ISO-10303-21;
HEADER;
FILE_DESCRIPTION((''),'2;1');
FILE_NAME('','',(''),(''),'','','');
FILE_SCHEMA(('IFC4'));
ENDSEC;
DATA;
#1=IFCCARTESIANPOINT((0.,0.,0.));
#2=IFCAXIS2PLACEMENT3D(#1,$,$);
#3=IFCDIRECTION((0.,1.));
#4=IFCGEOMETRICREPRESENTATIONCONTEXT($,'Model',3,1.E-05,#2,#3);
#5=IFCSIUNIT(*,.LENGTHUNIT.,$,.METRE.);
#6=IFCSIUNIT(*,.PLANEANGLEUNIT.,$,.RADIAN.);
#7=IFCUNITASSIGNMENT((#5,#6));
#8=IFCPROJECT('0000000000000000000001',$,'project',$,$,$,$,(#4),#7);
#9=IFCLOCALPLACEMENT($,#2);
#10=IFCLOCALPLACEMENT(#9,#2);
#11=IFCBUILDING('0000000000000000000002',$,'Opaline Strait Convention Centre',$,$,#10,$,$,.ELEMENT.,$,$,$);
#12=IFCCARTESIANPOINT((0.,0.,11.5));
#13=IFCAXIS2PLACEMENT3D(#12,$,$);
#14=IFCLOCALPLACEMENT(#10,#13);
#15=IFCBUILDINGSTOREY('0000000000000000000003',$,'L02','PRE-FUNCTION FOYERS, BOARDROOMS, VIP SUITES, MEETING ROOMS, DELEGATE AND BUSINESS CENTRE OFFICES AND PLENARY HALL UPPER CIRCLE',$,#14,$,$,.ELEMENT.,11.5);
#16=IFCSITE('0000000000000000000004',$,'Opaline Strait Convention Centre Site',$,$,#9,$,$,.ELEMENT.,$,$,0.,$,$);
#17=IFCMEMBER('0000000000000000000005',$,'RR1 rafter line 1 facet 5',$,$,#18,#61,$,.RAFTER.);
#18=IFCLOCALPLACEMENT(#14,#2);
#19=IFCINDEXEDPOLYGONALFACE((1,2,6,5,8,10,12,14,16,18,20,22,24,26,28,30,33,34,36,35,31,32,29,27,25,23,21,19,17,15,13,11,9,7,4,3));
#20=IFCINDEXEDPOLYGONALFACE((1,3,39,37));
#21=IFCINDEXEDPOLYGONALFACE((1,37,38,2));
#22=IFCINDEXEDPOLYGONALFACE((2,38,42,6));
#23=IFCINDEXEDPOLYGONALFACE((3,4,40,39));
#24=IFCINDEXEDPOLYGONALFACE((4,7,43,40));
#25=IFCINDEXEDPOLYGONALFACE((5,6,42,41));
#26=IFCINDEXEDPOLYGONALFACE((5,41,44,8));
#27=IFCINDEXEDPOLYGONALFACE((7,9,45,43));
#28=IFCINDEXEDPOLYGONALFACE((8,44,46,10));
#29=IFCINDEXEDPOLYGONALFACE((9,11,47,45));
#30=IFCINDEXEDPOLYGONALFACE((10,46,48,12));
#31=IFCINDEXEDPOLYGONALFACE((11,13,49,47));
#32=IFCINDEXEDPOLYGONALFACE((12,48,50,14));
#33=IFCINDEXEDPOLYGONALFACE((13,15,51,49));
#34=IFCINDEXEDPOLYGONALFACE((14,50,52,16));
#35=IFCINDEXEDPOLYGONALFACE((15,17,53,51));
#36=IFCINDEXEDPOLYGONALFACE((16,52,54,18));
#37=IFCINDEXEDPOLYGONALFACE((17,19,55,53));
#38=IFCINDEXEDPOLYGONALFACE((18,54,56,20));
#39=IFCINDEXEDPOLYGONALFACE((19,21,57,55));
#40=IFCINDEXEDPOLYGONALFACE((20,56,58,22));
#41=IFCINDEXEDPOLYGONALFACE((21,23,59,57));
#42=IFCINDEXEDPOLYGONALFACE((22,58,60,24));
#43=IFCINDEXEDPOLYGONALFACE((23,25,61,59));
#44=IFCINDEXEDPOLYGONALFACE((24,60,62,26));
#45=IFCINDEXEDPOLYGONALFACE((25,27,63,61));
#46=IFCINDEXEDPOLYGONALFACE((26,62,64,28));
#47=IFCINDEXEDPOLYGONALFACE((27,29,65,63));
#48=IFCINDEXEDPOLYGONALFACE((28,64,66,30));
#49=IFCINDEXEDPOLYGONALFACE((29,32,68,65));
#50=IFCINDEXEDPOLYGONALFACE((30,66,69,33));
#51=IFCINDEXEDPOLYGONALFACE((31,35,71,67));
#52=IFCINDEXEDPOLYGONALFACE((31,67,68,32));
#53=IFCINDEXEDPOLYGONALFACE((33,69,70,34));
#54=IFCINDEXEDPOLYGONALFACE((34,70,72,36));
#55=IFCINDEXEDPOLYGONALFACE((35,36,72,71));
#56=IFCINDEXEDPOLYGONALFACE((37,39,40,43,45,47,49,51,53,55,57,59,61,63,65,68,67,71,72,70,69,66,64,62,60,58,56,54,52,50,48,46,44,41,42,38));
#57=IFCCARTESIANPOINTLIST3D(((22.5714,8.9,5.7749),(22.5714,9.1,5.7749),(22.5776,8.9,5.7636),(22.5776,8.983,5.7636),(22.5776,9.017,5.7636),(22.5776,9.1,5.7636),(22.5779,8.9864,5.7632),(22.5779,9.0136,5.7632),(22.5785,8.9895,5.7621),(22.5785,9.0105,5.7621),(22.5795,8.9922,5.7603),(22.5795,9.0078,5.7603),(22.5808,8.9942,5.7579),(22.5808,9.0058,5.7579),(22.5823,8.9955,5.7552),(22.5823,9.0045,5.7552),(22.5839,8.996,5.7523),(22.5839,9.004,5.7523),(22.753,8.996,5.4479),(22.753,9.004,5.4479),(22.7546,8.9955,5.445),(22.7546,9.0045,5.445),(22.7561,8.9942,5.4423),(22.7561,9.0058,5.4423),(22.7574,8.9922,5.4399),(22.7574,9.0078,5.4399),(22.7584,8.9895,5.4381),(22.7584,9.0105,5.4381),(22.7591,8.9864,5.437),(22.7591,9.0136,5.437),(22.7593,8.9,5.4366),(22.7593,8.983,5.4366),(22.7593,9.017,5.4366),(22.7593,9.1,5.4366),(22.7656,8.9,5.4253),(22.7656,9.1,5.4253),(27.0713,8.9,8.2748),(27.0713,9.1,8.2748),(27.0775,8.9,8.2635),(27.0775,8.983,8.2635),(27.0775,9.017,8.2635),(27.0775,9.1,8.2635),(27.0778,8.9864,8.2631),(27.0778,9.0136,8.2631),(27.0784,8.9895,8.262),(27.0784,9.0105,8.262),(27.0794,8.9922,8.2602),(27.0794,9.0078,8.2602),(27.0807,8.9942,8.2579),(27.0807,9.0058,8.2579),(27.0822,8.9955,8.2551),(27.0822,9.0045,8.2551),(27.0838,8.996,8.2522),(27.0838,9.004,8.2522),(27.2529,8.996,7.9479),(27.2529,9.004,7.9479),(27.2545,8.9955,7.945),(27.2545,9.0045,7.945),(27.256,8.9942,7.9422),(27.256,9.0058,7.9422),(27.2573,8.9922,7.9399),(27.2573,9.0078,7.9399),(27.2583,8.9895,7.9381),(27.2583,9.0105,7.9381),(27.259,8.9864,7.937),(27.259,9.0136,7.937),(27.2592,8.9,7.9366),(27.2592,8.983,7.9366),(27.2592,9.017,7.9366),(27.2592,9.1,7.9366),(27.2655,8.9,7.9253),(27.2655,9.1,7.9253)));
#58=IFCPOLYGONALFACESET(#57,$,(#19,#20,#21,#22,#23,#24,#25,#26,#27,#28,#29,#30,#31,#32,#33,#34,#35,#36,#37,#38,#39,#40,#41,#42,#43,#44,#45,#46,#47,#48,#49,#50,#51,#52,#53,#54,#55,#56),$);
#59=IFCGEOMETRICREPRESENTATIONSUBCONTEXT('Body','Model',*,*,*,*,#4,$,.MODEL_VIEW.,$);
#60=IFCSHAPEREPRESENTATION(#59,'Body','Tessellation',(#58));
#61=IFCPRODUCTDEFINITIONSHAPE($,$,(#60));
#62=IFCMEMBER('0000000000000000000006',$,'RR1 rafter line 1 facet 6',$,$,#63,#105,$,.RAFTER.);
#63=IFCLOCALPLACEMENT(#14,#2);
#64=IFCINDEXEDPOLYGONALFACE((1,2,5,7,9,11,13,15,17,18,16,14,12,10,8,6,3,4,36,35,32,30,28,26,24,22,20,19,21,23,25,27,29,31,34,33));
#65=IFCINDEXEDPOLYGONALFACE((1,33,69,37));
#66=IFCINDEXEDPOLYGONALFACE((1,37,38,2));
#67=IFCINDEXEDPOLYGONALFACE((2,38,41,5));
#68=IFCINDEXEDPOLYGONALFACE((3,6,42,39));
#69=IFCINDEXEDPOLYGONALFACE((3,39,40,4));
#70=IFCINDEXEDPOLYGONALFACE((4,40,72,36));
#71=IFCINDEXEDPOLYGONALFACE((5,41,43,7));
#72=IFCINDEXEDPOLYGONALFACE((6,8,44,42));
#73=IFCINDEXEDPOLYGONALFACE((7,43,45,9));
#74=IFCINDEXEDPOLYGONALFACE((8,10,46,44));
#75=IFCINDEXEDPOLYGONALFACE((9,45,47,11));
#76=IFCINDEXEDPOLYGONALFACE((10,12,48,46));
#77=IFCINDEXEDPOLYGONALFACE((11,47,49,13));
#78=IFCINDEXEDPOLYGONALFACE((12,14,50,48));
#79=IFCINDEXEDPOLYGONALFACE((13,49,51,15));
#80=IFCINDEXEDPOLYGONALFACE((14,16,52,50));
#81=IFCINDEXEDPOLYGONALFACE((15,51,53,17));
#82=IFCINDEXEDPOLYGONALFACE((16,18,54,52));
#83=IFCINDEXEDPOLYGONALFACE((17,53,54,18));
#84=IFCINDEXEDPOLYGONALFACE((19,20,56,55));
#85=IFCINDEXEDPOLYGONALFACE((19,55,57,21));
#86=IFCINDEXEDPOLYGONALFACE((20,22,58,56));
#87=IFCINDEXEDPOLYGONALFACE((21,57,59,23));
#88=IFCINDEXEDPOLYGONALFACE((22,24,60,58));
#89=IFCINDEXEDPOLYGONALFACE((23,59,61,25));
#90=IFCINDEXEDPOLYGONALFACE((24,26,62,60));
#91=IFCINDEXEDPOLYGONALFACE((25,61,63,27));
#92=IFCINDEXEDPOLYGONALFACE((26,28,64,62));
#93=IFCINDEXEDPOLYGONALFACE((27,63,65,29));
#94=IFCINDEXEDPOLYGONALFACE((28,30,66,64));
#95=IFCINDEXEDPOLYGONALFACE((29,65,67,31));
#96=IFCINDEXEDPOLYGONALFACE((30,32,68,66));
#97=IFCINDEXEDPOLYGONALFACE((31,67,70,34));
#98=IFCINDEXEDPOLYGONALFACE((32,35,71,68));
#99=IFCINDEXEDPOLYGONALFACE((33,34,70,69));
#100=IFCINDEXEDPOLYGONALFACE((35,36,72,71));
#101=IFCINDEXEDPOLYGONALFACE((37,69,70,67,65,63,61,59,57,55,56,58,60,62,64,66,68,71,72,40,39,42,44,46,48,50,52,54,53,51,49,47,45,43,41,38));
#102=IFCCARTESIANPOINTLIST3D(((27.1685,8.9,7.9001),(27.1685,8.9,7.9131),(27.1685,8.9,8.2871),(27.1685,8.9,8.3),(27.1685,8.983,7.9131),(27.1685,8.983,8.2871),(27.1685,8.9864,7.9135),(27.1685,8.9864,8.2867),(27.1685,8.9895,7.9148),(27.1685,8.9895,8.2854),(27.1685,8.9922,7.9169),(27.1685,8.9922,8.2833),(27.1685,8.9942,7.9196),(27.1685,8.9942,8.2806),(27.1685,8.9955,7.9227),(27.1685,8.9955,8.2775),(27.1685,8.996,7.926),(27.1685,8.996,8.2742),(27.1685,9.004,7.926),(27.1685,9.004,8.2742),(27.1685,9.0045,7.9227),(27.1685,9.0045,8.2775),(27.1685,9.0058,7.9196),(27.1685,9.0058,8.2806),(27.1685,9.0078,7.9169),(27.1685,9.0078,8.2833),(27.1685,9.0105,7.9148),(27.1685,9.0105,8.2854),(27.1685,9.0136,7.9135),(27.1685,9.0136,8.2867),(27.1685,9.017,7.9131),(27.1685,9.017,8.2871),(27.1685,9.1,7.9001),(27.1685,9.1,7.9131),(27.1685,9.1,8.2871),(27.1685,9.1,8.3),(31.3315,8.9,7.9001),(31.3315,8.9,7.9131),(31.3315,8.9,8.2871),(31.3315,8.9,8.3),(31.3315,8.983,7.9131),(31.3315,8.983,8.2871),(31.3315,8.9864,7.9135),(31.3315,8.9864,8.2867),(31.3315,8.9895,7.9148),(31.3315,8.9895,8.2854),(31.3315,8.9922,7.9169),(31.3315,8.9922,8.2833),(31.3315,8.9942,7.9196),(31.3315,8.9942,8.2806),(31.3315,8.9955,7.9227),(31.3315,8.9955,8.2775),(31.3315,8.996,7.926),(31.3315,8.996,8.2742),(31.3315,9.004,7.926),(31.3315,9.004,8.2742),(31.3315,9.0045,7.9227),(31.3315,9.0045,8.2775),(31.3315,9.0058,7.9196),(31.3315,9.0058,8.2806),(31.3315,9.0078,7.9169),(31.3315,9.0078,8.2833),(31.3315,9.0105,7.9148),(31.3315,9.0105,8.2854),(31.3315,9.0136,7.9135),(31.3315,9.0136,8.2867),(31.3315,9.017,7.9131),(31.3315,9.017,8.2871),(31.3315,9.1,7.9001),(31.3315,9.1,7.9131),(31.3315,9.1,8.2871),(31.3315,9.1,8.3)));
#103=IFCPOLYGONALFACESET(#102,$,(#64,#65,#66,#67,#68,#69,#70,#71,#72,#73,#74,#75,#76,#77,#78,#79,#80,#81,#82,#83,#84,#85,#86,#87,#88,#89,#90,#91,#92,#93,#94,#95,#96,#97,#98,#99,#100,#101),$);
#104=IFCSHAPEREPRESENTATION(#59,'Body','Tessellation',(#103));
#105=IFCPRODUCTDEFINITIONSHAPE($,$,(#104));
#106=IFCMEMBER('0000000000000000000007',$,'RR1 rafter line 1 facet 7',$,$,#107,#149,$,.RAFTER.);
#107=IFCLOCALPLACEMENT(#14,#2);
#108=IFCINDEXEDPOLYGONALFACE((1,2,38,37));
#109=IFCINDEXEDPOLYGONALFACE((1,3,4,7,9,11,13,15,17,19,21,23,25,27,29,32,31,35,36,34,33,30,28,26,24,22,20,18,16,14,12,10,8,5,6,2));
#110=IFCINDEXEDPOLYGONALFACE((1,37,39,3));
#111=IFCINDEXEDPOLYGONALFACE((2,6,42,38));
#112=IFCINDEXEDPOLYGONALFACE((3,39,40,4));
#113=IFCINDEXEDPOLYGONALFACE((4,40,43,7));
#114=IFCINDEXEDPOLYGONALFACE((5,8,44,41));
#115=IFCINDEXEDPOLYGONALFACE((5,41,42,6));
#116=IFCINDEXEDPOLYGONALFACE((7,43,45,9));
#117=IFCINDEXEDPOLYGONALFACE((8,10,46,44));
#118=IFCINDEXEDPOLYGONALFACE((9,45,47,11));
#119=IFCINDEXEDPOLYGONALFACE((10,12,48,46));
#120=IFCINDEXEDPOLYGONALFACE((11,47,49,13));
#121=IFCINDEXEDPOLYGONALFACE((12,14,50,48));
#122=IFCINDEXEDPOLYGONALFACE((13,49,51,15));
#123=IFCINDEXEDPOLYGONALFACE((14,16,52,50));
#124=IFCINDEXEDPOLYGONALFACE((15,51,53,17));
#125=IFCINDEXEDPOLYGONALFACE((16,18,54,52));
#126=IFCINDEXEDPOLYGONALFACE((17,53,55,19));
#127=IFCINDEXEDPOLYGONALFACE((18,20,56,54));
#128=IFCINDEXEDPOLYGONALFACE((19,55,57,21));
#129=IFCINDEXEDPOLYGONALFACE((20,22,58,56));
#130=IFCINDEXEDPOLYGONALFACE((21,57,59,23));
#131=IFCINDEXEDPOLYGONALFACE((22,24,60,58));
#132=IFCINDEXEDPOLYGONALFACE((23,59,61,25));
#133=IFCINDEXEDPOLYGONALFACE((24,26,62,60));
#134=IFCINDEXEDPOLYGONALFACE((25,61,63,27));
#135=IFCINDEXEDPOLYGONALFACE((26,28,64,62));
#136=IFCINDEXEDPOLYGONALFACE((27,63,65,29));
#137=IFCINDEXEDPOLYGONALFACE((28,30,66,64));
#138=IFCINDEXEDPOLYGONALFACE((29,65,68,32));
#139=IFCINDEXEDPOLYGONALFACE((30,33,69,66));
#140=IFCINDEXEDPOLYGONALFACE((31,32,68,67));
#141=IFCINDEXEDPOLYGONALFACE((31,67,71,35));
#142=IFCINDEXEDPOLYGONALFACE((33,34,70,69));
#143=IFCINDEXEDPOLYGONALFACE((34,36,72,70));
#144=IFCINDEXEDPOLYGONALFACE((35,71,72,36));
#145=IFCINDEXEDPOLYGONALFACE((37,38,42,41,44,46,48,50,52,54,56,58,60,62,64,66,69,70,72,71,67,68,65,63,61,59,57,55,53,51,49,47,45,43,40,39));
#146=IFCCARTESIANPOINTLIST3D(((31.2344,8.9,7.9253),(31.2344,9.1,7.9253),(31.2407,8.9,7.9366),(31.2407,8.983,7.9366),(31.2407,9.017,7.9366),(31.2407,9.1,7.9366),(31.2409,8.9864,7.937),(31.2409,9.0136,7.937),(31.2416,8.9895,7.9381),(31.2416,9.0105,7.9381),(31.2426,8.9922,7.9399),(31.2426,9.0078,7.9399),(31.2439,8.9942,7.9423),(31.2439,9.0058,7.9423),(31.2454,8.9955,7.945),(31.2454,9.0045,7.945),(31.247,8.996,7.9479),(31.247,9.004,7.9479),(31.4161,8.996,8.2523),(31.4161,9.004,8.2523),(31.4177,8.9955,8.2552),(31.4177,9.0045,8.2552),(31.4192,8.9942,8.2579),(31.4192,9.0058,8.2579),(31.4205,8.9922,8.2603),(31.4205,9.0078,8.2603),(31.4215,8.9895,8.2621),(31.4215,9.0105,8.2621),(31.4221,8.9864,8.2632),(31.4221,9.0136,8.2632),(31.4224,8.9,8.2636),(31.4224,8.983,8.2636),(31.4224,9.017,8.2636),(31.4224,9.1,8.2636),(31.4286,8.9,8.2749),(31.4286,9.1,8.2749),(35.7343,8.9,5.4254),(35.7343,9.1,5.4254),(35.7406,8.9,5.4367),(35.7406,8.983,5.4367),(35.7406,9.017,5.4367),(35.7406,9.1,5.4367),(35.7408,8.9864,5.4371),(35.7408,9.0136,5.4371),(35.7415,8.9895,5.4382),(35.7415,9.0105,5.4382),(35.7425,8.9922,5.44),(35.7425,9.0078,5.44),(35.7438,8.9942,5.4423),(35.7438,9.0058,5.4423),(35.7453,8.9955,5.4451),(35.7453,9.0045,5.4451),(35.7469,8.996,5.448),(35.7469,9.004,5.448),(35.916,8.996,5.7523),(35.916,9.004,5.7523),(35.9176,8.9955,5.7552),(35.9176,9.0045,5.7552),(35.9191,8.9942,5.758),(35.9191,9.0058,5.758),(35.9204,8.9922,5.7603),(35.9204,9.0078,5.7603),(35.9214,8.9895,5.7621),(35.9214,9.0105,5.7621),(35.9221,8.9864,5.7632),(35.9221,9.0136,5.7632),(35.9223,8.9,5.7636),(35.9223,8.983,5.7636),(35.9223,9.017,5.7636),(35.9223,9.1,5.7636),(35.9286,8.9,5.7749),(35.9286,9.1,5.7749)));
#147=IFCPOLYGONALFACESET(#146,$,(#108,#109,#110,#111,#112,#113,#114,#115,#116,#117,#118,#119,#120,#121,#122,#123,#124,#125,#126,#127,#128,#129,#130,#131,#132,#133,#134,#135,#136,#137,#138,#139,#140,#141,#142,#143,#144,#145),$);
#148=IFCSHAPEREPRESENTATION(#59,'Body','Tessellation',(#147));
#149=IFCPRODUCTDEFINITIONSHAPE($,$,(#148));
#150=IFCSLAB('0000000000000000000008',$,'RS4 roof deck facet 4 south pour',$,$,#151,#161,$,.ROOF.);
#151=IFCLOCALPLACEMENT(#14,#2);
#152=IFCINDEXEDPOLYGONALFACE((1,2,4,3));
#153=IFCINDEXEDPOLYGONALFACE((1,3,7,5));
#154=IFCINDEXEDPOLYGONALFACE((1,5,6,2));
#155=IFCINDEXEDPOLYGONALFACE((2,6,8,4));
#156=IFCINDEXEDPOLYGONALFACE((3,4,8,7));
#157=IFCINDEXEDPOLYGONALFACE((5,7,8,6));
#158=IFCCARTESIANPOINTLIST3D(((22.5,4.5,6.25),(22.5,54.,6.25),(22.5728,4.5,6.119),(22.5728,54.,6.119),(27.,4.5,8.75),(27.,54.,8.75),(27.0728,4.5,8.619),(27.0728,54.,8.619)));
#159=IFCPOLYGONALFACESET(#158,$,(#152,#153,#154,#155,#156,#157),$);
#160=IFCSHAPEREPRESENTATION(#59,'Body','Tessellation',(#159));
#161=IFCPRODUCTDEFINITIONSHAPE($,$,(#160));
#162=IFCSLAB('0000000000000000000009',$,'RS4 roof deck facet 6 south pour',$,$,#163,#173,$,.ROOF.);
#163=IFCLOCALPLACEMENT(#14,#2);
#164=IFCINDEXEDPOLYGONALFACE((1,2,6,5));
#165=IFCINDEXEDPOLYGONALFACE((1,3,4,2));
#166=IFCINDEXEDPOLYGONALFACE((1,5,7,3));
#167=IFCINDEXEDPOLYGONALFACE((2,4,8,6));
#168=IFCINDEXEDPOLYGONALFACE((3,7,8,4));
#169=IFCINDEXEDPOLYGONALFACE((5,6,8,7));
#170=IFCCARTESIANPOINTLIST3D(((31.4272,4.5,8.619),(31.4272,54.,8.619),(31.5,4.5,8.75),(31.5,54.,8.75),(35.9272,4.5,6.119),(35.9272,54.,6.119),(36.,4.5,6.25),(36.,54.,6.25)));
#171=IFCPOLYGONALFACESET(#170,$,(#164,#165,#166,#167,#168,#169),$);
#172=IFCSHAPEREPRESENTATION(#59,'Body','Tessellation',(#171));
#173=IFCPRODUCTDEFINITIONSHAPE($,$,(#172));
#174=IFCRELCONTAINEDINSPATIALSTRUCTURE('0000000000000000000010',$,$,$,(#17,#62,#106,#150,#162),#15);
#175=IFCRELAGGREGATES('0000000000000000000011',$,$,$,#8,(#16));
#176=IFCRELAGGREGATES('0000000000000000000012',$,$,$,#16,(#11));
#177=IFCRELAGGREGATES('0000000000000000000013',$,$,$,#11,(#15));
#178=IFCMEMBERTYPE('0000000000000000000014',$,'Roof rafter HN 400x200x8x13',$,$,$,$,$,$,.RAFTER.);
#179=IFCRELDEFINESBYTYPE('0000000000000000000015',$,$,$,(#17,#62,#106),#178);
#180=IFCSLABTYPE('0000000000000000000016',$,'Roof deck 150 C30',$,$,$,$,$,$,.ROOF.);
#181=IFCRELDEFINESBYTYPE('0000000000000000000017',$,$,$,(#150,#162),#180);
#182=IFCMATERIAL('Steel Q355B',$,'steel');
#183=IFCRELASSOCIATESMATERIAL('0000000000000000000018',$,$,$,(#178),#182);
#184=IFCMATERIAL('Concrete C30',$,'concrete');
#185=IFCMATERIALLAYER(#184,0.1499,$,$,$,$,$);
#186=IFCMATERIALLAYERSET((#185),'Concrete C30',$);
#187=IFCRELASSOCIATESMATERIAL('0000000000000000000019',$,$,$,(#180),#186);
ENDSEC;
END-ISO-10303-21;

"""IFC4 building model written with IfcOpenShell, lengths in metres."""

from ifc_helpers import new_model, si_unit, direction, frame, origin, origin_2d, place, context, subcontext, project, spatial, polyline, i_section, outline, extrude, material, layer, layer_set, material_profile, profile_set, type_object, element, save


model = new_model("IFC4")

# Units and contexts
model_context = context("Model", 3, precision=1e-05, world=origin(), true_north=direction((0.0, 1.0)))
body_context = subcontext(model_context, "Body", "Model", "MODEL_VIEW")
ifc_project = project(units=[si_unit("LENGTHUNIT", "METRE"), si_unit("PLANEANGLEUNIT", "RADIAN")], contexts=[model_context])

# Site, building, storey
site_placement = place(None, origin())
site = spatial("IfcSite", under=ifc_project, at=site_placement, Name="Opaline Strait Convention Centre Site", CompositionType="ELEMENT", RefElevation=0.0)
building_placement = place(site_placement, origin())
building = spatial("IfcBuilding", under=site, at=building_placement, Name="Opaline Strait Convention Centre", CompositionType="ELEMENT")
storey_placement = place(building_placement, frame((0.0, 0.0, 11.5)))
storey = spatial("IfcBuildingStorey", under=building, at=storey_placement, Name="L02", Description="PRE-FUNCTION FOYERS, BOARDROOMS, VIP SUITES, MEETING ROOMS, DELEGATE AND BUSINESS CENTRE OFFICES AND PLENARY HALL UPPER CIRCLE", CompositionType="ELEMENT", Elevation=11.5)

# Shared definitions
ifc_material_1 = material(Name="Steel Q355B", Category="steel")

# Members
ifc_material_profile_1 = material_profile(ifc_material_1, i_section(OverallWidth=0.2, OverallDepth=0.3999, WebThickness=0.0081, FlangeThickness=0.0129, FilletRadius=0.0129, at=origin_2d()), Name="HN 400x200x8x13")
ifc_profile_set_1 = profile_set([ifc_material_profile_1], Name="Steel Q355B")
member_type_1 = type_object("IfcMemberType", Name="Roof rafter HN 400x200x8x13", PredefinedType="RAFTER", material=ifc_profile_set_1)
member_1_placement = place(storey_placement, frame((22.6685, 9.0, 5.6001), z_axis=(0.874157, 0.0, 0.485643), x_axis=(0.0, 1.0, 0.0)))
element("IfcMember", 1, at=member_1_placement, inside=storey, type_object=member_type_1, Name="RR1 rafter line 1 facet 5", PredefinedType="RAFTER", context=body_context, shape_type="SweptSolid", body=[
    extrude(i_section(OverallWidth=0.2, OverallDepth=0.3999, WebThickness=0.0081, FlangeThickness=0.0129, FilletRadius=0.0129, at=origin_2d()), origin(), (0.0, 0.0, 1.0), 5.1477),
])
member_2_placement = place(storey_placement, frame((27.1685, 9.0, 8.1001), z_axis=(1.0, 0.0, 0.0), x_axis=(0.0, 1.0, 0.0)))
element("IfcMember", 2, at=member_2_placement, inside=storey, type_object=member_type_1, Name="RR1 rafter line 1 facet 6", PredefinedType="RAFTER", context=body_context, shape_type="SweptSolid", body=[
    extrude(i_section(OverallWidth=0.2, OverallDepth=0.3999, WebThickness=0.0081, FlangeThickness=0.0129, FilletRadius=0.0129, at=origin_2d()), origin(), (0.0, 0.0, 1.0), 4.1631),
])
member_3_placement = place(storey_placement, frame((31.3315, 9.0, 8.1001), z_axis=(0.874157, 0.0, -0.485643), x_axis=(0.0, 1.0, 0.0)))
element("IfcMember", 3, at=member_3_placement, inside=storey, type_object=member_type_1, Name="RR1 rafter line 1 facet 7", PredefinedType="RAFTER", context=body_context, shape_type="SweptSolid", body=[
    extrude(i_section(OverallWidth=0.2, OverallDepth=0.3999, WebThickness=0.0081, FlangeThickness=0.0129, FilletRadius=0.0129, at=origin_2d()), origin(), (0.0, 0.0, 1.0), 5.1477),
])

# Slabs
ifc_material_2 = material(Name="Concrete C30", Category="concrete")
ifc_layer_1 = layer(ifc_material_2, 0.1499)
ifc_layer_set_1 = layer_set([ifc_layer_1], Name="Concrete C30")
slab_type = type_object("IfcSlabType", Name="Roof deck 150 C30", PredefinedType="ROOF", material=ifc_layer_set_1)
for number, where, z_axis, x_axis, name in (
    (4, (22.5, 4.5, 6.25), (-0.485643, 0.0, 0.874157), (0.874157, 0.0, 0.485643), "RS4 roof deck facet 4 south pour"),
    (5, (31.5, 4.5, 8.75), (0.485643, 0.0, 0.874157), (0.874157, 0.0, -0.485643), "RS4 roof deck facet 6 south pour"),
):
    element("IfcSlab", number, at=place(storey_placement, frame(where, z_axis=z_axis, x_axis=x_axis)), inside=storey, type_object=slab_type, Name=name, PredefinedType="ROOF", context=body_context, shape_type="SweptSolid", body=[
        extrude(outline(polyline([(0.0, 0.0), (5.1478, 0.0), (5.1478, 49.5), (0.0, 49.5), (0.0, 0.0)])), origin(), (0.0, 0.0, -1.0), 0.1499),
    ])

save(model, "model.ifc")
